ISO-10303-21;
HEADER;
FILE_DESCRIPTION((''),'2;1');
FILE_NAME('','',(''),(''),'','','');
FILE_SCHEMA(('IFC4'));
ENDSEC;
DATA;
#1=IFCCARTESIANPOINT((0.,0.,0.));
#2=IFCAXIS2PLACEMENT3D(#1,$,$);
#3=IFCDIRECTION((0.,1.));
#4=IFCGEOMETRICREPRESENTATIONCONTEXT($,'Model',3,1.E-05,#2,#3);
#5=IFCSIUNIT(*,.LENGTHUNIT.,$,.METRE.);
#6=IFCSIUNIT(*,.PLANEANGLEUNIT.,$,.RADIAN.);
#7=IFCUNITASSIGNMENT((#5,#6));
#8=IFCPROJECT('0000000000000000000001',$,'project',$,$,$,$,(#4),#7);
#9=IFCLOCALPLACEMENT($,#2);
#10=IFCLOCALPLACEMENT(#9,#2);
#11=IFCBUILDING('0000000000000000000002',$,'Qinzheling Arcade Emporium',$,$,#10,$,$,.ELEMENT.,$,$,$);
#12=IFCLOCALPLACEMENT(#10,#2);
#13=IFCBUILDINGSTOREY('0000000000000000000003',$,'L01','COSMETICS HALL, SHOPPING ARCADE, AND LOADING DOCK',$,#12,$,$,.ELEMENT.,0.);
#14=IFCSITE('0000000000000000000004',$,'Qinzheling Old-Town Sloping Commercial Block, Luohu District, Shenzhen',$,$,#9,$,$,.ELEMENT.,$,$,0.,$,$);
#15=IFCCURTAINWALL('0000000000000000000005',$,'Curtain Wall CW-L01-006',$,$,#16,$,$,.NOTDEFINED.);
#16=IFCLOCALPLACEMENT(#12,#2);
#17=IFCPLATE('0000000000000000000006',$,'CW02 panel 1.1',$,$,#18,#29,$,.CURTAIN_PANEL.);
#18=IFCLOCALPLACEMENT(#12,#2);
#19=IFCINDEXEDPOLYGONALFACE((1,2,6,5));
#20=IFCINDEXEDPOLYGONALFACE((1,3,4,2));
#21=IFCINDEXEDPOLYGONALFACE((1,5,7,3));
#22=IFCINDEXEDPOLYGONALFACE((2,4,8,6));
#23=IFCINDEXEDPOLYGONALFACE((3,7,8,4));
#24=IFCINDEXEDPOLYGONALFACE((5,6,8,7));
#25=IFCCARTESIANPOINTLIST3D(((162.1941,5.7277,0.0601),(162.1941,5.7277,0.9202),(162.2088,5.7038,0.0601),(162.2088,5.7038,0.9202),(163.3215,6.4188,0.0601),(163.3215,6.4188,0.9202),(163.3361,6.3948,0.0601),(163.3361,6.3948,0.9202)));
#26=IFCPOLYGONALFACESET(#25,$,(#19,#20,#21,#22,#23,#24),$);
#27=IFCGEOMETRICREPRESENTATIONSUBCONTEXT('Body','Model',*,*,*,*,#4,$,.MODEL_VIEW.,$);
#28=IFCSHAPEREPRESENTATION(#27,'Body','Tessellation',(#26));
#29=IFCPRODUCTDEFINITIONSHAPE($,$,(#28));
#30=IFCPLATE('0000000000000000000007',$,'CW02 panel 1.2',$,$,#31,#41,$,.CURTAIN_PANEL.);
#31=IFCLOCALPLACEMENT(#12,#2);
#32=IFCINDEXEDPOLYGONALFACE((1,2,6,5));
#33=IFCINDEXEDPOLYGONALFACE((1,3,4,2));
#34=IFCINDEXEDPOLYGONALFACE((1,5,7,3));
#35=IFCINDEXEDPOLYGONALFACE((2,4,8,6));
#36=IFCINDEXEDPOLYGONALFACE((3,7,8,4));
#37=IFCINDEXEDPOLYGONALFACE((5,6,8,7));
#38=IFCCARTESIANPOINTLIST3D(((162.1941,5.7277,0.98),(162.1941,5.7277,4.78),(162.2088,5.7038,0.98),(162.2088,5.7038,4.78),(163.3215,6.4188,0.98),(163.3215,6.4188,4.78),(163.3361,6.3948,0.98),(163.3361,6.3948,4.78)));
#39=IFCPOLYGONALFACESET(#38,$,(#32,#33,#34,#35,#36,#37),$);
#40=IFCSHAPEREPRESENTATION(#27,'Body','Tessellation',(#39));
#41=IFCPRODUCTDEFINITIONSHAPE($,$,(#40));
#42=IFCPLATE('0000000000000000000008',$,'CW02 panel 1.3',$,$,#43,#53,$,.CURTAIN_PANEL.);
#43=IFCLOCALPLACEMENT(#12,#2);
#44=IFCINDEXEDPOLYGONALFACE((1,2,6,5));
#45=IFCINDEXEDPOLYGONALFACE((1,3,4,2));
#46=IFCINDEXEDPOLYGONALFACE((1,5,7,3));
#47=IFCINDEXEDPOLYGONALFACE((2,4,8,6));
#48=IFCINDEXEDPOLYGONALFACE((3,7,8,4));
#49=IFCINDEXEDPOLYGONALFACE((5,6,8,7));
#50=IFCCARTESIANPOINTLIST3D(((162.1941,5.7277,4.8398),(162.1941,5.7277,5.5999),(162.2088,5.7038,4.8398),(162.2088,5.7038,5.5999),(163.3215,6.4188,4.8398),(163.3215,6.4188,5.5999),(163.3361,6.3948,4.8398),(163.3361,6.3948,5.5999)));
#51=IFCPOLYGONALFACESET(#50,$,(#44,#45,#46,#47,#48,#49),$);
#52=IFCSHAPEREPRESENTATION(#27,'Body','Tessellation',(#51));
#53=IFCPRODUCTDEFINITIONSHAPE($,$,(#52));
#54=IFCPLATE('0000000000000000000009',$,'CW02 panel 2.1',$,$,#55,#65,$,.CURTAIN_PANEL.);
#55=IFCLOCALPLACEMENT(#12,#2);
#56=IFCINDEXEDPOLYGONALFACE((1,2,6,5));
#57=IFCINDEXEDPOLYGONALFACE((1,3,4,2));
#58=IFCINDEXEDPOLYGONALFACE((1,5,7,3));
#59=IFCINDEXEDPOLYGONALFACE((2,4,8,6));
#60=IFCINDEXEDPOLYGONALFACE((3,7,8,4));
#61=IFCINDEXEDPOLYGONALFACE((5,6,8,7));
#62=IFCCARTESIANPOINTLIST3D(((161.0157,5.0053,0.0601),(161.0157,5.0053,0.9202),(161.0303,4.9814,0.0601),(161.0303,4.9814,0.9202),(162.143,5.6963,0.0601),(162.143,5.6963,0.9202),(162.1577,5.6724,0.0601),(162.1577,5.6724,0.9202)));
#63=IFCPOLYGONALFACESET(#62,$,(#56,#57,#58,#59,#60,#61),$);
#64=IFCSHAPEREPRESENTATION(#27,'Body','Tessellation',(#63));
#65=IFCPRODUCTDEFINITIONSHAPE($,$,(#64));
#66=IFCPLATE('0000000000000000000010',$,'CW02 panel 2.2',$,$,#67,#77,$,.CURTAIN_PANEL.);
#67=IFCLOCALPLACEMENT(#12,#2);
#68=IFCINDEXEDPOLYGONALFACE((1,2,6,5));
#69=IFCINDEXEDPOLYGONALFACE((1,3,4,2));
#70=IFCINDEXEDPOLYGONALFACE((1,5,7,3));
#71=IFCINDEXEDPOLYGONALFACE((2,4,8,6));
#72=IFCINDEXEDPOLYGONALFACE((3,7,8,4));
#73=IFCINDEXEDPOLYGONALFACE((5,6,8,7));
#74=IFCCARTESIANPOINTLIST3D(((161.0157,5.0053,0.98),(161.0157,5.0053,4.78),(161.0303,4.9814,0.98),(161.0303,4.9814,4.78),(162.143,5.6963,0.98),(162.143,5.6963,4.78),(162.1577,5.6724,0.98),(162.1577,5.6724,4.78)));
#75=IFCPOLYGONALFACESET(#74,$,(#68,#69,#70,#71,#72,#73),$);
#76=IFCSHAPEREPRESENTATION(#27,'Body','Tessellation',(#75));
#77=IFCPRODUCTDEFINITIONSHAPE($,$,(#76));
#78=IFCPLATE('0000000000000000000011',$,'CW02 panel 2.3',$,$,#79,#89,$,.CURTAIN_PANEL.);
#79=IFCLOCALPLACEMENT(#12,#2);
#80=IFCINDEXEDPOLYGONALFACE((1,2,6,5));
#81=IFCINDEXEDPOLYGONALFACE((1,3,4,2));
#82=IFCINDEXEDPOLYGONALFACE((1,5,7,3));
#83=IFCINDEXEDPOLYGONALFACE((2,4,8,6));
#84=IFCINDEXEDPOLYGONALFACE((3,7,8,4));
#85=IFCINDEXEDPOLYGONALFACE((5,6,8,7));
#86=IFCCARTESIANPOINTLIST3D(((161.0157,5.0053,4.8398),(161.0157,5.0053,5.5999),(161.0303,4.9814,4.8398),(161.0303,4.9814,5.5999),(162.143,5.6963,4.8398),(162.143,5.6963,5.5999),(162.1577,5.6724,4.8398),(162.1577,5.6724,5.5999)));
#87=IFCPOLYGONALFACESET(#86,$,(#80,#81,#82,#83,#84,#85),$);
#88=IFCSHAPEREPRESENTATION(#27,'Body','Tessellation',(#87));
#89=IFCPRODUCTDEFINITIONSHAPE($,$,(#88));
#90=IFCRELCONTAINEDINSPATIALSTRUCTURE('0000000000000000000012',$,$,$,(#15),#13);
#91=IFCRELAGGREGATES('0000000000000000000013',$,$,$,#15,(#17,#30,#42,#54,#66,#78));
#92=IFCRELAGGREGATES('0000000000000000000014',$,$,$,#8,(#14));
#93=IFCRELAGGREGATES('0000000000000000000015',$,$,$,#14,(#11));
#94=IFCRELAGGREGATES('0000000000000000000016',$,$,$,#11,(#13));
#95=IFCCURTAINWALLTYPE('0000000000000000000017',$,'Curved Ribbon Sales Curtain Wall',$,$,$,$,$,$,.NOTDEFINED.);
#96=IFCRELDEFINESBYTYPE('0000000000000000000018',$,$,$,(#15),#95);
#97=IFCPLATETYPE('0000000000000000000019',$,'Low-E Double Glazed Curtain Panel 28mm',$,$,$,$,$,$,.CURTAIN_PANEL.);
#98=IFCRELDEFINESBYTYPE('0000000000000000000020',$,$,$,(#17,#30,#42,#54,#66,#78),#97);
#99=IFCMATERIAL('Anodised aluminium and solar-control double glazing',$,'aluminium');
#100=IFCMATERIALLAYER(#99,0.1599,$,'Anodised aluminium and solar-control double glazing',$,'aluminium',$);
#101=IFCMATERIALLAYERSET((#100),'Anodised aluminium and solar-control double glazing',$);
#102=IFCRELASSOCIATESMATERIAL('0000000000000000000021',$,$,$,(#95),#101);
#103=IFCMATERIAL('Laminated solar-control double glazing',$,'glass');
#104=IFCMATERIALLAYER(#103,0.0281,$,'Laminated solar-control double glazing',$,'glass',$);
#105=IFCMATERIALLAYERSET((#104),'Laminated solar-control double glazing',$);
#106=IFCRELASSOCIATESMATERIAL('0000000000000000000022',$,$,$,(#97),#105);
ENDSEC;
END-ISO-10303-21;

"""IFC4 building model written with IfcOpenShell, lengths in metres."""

from ifc_helpers import new_model, si_unit, direction, frame, origin, origin_2d, place, context, subcontext, project, spatial, rectangle, extrude, material, layer, layer_set, type_object, element, aggregate, save


model = new_model("IFC4")

# Units and contexts
model_context = context("Model", 3, precision=1e-05, world=origin(), true_north=direction((0.0, 1.0)))
body_context = subcontext(model_context, "Body", "Model", "MODEL_VIEW")
ifc_project = project(units=[si_unit("LENGTHUNIT", "METRE"), si_unit("PLANEANGLEUNIT", "RADIAN")], contexts=[model_context])

# Site, building, storey
site_placement = place(None, origin())
site = spatial("IfcSite", under=ifc_project, at=site_placement, Name="Qinzheling Old-Town Sloping Commercial Block, Luohu District, Shenzhen", CompositionType="ELEMENT", RefElevation=0.0)
building_placement = place(site_placement, origin())
building = spatial("IfcBuilding", under=site, at=building_placement, Name="Qinzheling Arcade Emporium", CompositionType="ELEMENT")
storey_placement = place(building_placement, origin())
storey = spatial("IfcBuildingStorey", under=building, at=storey_placement, Name="L01", Description="COSMETICS HALL, SHOPPING ARCADE, AND LOADING DOCK", CompositionType="ELEMENT", Elevation=0.0)

# Shared definitions
ifc_material_1 = material(Name="Anodised aluminium and solar-control double glazing", Category="aluminium")
ifc_layer_1 = layer(ifc_material_1, 0.1599, Name="Anodised aluminium and solar-control double glazing", Category="aluminium")
ifc_layer_set_1 = layer_set([ifc_layer_1], Name="Anodised aluminium and solar-control double glazing")
curtain_wall_type = type_object("IfcCurtainWallType", Name="Curved Ribbon Sales Curtain Wall", PredefinedType="NOTDEFINED", material=ifc_layer_set_1)

# Curtain wall
curtain_wall_1_placement = place(storey_placement, origin())
curtain_wall_1 = element("IfcCurtainWall", 1, at=curtain_wall_1_placement, inside=storey, type_object=curtain_wall_type, Name="Curtain Wall CW-L01-006", PredefinedType="NOTDEFINED")

# Plates
ifc_material_2 = material(Name="Laminated solar-control double glazing", Category="glass")
ifc_layer_2 = layer(ifc_material_2, 0.0281, Name="Laminated solar-control double glazing", Category="glass")
ifc_layer_set_2 = layer_set([ifc_layer_2], Name="Laminated solar-control double glazing")
plate_type_1 = type_object("IfcPlateType", Name="Low-E Double Glazed Curtain Panel 28mm", PredefinedType="CURTAIN_PANEL", material=ifc_layer_set_2)
plate_1_placement = place(storey_placement, frame((162.7651, 6.0613, 0.0601), z_axis=(0.0, 0.0, 1.0), x_axis=(-0.852581, -0.522595, 0.0)))
plate_1 = element("IfcPlate", 2, at=plate_1_placement, type_object=plate_type_1, Name="CW02 panel 1.1", PredefinedType="CURTAIN_PANEL", context=body_context, shape_type="SweptSolid", body=[
    extrude(rectangle(XDim=1.3223, YDim=0.0281, at=origin_2d()), origin(), (0.0, 0.0, 1.0), 0.8601),
])
plate_2_placement = place(storey_placement, frame((162.7651, 6.0613, 0.98), z_axis=(0.0, 0.0, 1.0), x_axis=(-0.852581, -0.522595, 0.0)))
plate_2 = element("IfcPlate", 3, at=plate_2_placement, type_object=plate_type_1, Name="CW02 panel 1.2", PredefinedType="CURTAIN_PANEL", context=body_context, shape_type="SweptSolid", body=[
    extrude(rectangle(XDim=1.3223, YDim=0.0281, at=origin_2d()), origin(), (0.0, 0.0, 1.0), 3.8),
])
plate_3_placement = place(storey_placement, frame((162.7651, 6.0613, 4.8398), z_axis=(0.0, 0.0, 1.0), x_axis=(-0.852581, -0.522595, 0.0)))
plate_3 = element("IfcPlate", 4, at=plate_3_placement, type_object=plate_type_1, Name="CW02 panel 1.3", PredefinedType="CURTAIN_PANEL", context=body_context, shape_type="SweptSolid", body=[
    extrude(rectangle(XDim=1.3223, YDim=0.0281, at=origin_2d()), origin(), (0.0, 0.0, 1.0), 0.76),
])
plate_4_placement = place(storey_placement, frame((161.5867, 5.3389, 0.0601), z_axis=(0.0, 0.0, 1.0), x_axis=(-0.852581, -0.522595, 0.0)))
plate_4 = element("IfcPlate", 5, at=plate_4_placement, type_object=plate_type_1, Name="CW02 panel 2.1", PredefinedType="CURTAIN_PANEL", context=body_context, shape_type="SweptSolid", body=[
    extrude(rectangle(XDim=1.3223, YDim=0.0281, at=origin_2d()), origin(), (0.0, 0.0, 1.0), 0.8601),
])
plate_5_placement = place(storey_placement, frame((161.5867, 5.3389, 0.98), z_axis=(0.0, 0.0, 1.0), x_axis=(-0.852581, -0.522595, 0.0)))
plate_5 = element("IfcPlate", 6, at=plate_5_placement, type_object=plate_type_1, Name="CW02 panel 2.2", PredefinedType="CURTAIN_PANEL", context=body_context, shape_type="SweptSolid", body=[
    extrude(rectangle(XDim=1.3223, YDim=0.0281, at=origin_2d()), origin(), (0.0, 0.0, 1.0), 3.8),
])
plate_6_placement = place(storey_placement, frame((161.5867, 5.3389, 4.8398), z_axis=(0.0, 0.0, 1.0), x_axis=(-0.852581, -0.522595, 0.0)))
plate_6 = element("IfcPlate", 7, at=plate_6_placement, type_object=plate_type_1, Name="CW02 panel 2.3", PredefinedType="CURTAIN_PANEL", context=body_context, shape_type="SweptSolid", body=[
    extrude(rectangle(XDim=1.3223, YDim=0.0281, at=origin_2d()), origin(), (0.0, 0.0, 1.0), 0.76),
])
aggregate(curtain_wall_1, [plate_1, plate_2, plate_3, plate_4, plate_5, plate_6])

save(model, "model.ifc")
